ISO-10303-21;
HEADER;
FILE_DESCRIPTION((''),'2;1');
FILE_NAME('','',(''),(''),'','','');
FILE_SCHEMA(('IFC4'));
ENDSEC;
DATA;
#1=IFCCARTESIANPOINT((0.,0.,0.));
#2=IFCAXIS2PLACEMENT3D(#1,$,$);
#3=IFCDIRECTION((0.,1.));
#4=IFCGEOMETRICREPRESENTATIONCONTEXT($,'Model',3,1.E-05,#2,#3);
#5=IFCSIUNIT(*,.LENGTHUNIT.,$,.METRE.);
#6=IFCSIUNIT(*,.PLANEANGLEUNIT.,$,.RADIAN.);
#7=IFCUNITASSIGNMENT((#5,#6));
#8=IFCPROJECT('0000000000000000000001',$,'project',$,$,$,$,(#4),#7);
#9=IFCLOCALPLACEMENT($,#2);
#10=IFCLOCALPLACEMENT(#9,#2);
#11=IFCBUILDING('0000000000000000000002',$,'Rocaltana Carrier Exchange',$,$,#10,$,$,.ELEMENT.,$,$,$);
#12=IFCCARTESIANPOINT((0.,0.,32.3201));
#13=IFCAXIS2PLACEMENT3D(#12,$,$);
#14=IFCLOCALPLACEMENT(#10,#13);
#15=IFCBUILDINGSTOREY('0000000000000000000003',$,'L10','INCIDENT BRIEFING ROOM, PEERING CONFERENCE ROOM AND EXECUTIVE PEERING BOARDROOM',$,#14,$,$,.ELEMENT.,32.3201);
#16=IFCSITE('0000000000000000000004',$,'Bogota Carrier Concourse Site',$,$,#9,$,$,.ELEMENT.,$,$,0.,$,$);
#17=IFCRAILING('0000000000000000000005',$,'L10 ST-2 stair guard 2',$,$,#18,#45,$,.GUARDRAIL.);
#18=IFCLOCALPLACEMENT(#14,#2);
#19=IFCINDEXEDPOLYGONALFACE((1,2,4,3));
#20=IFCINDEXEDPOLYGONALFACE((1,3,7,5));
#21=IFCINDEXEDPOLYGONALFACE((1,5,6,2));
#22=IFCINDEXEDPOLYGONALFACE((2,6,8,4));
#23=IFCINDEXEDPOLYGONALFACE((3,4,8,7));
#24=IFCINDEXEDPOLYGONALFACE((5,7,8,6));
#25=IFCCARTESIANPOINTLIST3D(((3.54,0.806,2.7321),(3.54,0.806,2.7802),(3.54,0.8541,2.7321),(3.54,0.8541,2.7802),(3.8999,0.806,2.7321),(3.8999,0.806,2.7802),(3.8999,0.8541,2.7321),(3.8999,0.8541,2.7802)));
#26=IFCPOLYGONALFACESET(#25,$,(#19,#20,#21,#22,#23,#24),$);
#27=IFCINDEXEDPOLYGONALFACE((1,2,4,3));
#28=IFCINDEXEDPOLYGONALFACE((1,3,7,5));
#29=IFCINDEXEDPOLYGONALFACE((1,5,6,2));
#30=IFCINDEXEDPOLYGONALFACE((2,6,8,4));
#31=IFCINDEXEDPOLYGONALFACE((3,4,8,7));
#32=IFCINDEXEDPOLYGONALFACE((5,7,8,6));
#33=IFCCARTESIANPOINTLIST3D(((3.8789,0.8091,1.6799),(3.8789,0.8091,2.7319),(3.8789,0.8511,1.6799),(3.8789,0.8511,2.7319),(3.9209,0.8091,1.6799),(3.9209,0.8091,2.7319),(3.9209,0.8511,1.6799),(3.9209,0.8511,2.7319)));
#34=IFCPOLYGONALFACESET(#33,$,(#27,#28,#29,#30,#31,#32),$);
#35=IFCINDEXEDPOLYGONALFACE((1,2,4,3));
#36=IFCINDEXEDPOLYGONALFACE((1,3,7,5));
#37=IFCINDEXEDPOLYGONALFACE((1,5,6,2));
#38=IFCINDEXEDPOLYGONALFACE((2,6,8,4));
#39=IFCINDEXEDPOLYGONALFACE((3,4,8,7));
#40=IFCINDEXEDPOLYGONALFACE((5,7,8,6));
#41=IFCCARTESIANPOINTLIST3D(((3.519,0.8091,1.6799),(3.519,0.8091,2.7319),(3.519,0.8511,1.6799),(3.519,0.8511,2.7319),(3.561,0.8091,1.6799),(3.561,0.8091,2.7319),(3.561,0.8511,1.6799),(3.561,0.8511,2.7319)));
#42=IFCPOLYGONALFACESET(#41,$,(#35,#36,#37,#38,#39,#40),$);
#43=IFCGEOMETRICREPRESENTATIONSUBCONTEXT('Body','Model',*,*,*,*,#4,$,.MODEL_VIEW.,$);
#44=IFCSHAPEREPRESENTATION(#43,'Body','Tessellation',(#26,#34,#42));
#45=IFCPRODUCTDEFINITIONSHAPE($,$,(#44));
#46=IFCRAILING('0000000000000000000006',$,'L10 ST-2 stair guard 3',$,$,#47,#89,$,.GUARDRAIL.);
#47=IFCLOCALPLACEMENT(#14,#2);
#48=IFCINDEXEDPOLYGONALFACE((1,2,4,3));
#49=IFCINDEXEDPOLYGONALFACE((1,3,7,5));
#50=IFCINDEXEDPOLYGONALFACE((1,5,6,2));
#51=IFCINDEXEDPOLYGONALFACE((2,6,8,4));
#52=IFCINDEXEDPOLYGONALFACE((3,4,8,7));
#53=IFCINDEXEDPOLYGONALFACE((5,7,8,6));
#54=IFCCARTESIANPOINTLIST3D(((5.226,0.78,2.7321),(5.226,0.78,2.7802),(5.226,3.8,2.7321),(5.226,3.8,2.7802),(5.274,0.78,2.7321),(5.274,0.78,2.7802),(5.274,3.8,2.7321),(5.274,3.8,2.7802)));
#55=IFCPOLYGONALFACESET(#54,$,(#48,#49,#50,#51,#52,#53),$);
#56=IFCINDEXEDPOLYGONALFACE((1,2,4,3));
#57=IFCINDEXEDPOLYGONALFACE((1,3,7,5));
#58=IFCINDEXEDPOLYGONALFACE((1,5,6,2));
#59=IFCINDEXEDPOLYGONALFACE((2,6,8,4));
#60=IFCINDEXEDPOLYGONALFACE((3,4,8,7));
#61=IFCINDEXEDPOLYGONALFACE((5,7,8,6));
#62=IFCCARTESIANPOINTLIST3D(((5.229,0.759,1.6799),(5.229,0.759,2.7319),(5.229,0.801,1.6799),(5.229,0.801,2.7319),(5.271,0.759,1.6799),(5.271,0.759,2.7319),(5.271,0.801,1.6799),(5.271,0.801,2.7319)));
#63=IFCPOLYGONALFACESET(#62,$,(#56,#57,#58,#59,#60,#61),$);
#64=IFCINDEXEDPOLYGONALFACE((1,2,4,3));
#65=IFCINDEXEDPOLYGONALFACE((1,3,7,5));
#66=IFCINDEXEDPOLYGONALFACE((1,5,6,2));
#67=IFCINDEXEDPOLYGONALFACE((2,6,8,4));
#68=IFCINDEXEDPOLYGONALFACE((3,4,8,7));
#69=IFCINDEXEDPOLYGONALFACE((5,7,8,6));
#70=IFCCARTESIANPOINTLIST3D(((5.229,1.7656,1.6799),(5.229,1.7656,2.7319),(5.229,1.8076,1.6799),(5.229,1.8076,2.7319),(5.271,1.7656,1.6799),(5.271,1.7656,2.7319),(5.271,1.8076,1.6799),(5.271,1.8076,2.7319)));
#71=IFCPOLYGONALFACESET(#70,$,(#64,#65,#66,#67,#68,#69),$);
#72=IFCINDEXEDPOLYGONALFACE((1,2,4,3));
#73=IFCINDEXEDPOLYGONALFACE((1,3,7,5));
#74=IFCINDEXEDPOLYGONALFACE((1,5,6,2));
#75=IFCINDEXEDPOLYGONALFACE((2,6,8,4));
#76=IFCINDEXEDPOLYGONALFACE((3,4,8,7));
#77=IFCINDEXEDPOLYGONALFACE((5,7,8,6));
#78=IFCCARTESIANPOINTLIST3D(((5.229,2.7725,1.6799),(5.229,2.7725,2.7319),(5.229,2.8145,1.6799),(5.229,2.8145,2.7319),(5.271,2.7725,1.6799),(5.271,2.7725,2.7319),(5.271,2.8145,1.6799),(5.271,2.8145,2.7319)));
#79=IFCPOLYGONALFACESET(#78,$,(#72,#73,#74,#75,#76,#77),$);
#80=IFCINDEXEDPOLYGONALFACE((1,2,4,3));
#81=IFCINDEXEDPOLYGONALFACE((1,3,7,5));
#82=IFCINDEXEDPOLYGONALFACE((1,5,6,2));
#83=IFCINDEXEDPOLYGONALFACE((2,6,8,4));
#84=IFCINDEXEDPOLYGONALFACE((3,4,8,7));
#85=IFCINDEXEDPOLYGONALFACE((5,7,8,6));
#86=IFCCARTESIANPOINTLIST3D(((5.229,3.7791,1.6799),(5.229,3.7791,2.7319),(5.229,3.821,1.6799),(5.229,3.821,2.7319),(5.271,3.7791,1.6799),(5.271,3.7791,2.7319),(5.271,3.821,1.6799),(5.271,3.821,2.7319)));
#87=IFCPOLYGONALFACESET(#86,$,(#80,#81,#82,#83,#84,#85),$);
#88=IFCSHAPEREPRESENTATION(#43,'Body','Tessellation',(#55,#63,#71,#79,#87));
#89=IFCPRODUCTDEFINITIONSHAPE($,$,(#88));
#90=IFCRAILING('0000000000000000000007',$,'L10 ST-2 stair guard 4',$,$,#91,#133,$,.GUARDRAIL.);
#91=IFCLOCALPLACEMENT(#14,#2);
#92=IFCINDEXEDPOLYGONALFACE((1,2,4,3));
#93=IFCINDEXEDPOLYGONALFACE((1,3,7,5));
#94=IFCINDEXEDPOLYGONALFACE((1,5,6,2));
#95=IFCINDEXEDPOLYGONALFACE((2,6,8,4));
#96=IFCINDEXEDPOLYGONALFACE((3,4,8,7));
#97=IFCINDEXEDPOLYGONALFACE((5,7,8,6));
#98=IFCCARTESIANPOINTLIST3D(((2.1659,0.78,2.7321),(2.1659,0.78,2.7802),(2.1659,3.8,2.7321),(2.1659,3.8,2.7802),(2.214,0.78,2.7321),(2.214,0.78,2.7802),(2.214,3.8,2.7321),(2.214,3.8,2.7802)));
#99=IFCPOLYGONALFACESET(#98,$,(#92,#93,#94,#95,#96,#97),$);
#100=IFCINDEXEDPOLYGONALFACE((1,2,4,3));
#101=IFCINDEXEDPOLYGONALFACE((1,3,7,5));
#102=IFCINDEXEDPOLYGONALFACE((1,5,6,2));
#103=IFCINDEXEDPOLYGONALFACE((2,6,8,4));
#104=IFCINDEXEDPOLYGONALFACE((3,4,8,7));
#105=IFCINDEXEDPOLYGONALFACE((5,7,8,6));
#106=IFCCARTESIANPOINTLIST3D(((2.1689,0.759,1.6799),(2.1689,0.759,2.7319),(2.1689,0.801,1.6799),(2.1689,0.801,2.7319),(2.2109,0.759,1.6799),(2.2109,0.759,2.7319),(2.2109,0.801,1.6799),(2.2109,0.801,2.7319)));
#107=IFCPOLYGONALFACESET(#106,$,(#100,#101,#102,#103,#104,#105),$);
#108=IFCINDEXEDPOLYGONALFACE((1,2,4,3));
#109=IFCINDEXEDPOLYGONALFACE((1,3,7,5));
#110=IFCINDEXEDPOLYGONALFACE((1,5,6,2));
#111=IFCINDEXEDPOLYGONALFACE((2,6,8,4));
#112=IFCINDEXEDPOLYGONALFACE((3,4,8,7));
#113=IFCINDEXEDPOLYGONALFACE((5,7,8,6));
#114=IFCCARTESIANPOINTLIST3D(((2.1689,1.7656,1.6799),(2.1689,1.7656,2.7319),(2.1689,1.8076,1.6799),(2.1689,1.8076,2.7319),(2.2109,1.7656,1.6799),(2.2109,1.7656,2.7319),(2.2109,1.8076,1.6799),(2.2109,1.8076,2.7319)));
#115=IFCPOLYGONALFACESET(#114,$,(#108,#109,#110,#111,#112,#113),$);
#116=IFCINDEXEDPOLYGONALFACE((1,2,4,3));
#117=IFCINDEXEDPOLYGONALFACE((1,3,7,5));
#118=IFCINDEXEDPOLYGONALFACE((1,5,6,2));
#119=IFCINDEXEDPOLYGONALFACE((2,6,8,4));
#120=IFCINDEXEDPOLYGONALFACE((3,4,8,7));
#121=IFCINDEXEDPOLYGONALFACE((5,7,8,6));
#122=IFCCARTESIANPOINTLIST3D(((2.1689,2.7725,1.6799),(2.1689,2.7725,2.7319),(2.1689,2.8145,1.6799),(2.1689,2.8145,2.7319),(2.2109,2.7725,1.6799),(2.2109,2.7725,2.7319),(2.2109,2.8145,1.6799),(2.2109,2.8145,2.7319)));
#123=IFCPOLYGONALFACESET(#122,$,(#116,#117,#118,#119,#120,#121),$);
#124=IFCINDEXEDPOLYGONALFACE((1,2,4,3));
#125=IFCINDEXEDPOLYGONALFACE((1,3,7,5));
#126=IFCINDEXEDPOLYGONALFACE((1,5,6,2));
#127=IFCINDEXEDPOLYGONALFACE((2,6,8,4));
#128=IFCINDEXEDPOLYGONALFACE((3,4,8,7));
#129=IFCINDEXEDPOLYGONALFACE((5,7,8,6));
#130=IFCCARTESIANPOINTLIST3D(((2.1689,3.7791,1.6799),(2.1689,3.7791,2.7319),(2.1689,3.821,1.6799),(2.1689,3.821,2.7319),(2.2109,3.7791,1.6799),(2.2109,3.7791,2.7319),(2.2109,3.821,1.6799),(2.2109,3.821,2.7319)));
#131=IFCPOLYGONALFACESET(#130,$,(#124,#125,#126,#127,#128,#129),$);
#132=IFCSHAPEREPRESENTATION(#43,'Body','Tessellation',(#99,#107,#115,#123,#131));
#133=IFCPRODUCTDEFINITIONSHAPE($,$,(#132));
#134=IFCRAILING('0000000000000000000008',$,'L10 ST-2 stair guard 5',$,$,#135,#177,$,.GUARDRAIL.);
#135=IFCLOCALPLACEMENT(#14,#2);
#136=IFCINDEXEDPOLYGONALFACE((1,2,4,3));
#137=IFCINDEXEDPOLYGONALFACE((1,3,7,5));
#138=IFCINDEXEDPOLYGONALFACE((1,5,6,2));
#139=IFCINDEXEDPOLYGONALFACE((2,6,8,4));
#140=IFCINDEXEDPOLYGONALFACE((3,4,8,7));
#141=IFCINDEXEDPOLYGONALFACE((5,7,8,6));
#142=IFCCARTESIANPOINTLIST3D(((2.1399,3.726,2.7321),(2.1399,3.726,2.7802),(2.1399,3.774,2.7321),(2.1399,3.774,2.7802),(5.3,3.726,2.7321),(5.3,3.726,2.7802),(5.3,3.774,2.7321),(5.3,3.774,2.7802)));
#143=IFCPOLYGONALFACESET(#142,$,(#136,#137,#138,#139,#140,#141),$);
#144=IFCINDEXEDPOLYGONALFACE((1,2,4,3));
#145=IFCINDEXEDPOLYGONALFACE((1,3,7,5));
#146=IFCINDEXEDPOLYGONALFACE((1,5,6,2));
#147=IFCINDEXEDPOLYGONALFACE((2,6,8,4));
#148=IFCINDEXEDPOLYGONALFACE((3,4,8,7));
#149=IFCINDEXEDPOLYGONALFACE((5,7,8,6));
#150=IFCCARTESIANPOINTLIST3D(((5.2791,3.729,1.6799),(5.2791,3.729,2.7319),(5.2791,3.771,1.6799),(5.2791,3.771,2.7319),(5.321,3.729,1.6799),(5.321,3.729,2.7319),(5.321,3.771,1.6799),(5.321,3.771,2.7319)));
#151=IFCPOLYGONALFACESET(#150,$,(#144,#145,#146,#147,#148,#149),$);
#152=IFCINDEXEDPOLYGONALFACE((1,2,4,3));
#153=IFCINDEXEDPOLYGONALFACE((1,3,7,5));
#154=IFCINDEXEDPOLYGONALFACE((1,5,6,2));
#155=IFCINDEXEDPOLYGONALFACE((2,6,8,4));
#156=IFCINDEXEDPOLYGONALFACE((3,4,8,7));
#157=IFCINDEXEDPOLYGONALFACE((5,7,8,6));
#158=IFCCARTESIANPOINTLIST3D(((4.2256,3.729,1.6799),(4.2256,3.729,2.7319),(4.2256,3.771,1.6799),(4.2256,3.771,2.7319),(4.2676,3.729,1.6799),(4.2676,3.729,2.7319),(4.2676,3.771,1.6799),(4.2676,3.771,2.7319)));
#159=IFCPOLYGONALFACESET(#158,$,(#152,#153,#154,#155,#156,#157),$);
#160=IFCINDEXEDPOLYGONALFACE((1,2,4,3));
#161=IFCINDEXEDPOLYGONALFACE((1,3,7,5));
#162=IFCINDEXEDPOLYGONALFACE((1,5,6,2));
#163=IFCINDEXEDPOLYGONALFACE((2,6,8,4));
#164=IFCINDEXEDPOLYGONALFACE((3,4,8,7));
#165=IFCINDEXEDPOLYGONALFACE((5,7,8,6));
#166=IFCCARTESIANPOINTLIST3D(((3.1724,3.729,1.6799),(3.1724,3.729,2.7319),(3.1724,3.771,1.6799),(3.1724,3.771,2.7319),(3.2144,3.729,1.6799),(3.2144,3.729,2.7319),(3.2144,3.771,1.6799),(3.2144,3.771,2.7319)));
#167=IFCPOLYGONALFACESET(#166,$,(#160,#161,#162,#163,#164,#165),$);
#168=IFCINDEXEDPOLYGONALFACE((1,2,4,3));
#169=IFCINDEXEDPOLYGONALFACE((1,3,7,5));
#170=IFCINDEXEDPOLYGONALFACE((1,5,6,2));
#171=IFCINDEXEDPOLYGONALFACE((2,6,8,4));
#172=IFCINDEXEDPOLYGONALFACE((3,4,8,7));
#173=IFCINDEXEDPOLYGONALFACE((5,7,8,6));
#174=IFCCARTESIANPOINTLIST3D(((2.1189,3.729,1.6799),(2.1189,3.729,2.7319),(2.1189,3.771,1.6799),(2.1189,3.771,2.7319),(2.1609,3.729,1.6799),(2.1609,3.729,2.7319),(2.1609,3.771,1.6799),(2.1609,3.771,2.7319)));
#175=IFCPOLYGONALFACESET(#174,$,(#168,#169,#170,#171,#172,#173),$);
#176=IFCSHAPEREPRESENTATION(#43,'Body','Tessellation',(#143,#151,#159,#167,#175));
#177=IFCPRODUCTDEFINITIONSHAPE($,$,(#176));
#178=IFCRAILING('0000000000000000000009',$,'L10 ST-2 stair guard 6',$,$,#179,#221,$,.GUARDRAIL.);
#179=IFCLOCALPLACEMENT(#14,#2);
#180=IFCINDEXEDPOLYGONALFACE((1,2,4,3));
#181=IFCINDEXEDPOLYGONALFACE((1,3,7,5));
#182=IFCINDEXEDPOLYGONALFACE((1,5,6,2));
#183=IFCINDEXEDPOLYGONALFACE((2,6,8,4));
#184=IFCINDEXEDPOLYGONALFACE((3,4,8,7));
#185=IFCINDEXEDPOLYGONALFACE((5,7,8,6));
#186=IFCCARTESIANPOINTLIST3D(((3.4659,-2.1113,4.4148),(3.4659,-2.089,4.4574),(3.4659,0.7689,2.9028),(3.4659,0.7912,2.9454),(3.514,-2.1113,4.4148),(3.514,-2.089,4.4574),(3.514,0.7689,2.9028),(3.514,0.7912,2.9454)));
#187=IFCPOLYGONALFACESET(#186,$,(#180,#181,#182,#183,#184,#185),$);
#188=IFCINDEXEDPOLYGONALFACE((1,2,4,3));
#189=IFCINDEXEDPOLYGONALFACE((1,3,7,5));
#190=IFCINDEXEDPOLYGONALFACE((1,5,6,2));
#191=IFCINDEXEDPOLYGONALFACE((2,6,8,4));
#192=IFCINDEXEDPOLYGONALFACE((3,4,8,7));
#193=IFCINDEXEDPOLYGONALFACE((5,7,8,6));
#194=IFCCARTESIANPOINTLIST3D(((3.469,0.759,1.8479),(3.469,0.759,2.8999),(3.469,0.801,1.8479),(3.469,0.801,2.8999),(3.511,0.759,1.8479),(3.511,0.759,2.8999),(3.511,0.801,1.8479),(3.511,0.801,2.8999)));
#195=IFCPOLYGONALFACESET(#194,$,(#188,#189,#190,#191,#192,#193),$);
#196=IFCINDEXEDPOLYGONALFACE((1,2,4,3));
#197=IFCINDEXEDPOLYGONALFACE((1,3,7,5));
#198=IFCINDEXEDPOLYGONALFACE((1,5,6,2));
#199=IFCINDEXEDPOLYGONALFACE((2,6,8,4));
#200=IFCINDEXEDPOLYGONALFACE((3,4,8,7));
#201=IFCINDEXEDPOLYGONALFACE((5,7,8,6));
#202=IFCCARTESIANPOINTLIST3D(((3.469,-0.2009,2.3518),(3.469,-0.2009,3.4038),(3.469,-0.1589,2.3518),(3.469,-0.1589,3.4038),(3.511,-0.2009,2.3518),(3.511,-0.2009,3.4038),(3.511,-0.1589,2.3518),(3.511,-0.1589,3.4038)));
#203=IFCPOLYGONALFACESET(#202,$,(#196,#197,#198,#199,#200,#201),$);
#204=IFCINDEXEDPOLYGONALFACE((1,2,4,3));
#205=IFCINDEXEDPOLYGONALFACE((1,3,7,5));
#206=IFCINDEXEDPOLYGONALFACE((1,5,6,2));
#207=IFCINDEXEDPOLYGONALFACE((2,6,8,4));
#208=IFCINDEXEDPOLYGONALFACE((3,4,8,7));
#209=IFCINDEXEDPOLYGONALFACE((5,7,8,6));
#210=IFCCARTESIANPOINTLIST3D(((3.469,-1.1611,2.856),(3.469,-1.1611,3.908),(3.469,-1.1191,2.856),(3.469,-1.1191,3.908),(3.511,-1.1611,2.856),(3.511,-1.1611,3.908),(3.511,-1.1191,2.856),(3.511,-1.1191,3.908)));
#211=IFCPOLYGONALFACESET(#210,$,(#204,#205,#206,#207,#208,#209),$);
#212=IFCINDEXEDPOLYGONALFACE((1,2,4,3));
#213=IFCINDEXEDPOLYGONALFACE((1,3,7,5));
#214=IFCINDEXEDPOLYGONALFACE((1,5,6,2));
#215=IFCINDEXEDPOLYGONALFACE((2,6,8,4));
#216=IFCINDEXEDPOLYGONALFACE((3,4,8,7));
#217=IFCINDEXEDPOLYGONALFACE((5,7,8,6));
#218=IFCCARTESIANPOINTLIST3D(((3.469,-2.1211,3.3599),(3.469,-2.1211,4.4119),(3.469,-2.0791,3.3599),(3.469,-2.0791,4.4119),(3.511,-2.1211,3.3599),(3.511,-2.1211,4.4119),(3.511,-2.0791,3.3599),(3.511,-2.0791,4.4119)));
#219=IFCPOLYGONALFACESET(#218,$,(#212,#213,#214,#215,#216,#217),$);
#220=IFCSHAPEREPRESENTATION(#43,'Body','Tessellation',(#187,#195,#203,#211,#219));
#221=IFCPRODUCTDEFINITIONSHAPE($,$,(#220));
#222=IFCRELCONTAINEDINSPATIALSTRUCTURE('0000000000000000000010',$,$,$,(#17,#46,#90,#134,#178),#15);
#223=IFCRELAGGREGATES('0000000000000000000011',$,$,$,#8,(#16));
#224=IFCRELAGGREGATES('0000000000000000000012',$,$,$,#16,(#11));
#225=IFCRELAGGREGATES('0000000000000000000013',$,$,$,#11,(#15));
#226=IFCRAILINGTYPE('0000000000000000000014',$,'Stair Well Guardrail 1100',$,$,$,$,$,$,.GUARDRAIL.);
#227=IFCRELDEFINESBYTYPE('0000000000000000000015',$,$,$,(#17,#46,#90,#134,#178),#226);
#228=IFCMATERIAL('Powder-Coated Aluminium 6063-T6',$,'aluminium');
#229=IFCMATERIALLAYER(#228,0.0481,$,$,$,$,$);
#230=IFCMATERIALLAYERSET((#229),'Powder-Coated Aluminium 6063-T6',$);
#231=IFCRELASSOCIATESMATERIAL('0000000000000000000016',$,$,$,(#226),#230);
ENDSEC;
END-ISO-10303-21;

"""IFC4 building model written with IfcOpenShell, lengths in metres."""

from ifc_helpers import new_model, si_unit, direction, frame, origin, origin_2d, place, context, subcontext, project, spatial, rectangle, extrude, material, layer, layer_set, type_object, element, save


model = new_model("IFC4")

# Units and contexts
model_context = context("Model", 3, precision=1e-05, world=origin(), true_north=direction((0.0, 1.0)))
body_context = subcontext(model_context, "Body", "Model", "MODEL_VIEW")
ifc_project = project(units=[si_unit("LENGTHUNIT", "METRE"), si_unit("PLANEANGLEUNIT", "RADIAN")], contexts=[model_context])

# Site, building, storey
site_placement = place(None, origin())
site = spatial("IfcSite", under=ifc_project, at=site_placement, Name="Bogota Carrier Concourse Site", CompositionType="ELEMENT", RefElevation=0.0)
building_placement = place(site_placement, origin())
building = spatial("IfcBuilding", under=site, at=building_placement, Name="Rocaltana Carrier Exchange", CompositionType="ELEMENT")
storey_placement = place(building_placement, frame((0.0, 0.0, 32.3201)))
storey = spatial("IfcBuildingStorey", under=building, at=storey_placement, Name="L10", Description="INCIDENT BRIEFING ROOM, PEERING CONFERENCE ROOM AND EXECUTIVE PEERING BOARDROOM", CompositionType="ELEMENT", Elevation=32.3201)

# Railings
ifc_material_1 = material(Name="Powder-Coated Aluminium 6063-T6", Category="aluminium")
ifc_layer_1 = layer(ifc_material_1, 0.0481)
ifc_layer_set_1 = layer_set([ifc_layer_1], Name="Powder-Coated Aluminium 6063-T6")
railing_type_1 = type_object("IfcRailingType", Name="Stair Well Guardrail 1100", PredefinedType="GUARDRAIL", material=ifc_layer_set_1)
railing_1_placement = place(storey_placement, frame((3.8999, 0.8301, 1.6799)))
element("IfcRailing", 1, at=railing_1_placement, inside=storey, type_object=railing_type_1, Name="L10 ST-2 stair guard 2", PredefinedType="GUARDRAIL", context=body_context, shape_type="SweptSolid", body=[
    extrude(rectangle(XDim=0.0481, YDim=0.0481, at=origin_2d()), frame((0.0, 0.0, 1.0762), z_axis=(-1.0, 0.0, 0.0), x_axis=(0.0, -1.0, 0.0)), (0.0, 0.0, 1.0), 0.3599),
    extrude(rectangle(XDim=0.042, YDim=0.042, at=origin_2d()), origin(), (0.0, 0.0, 1.0), 1.052),
    extrude(rectangle(XDim=0.042, YDim=0.042, at=origin_2d()), frame((-0.3599, 0.0, 0.0)), (0.0, 0.0, 1.0), 1.052),
])
for number, where, name in (
    (2, (5.25, 0.78, 1.6799), "L10 ST-2 stair guard 3"),
    (3, (2.1899, 0.78, 1.6799), "L10 ST-2 stair guard 4"),
):
    element("IfcRailing", number, at=place(storey_placement, frame(where)), inside=storey, type_object=railing_type_1, Name=name, PredefinedType="GUARDRAIL", context=body_context, shape_type="SweptSolid", body=[
        extrude(rectangle(XDim=0.0481, YDim=0.0481, at=origin_2d()), frame((0.0, 0.0, 1.0762), z_axis=(0.0, 1.0, 0.0), x_axis=(-1.0, 0.0, 0.0)), (0.0, 0.0, 1.0), 3.02),
        extrude(rectangle(XDim=0.042, YDim=0.042, at=origin_2d()), origin(), (0.0, 0.0, 1.0), 1.052),
        extrude(rectangle(XDim=0.042, YDim=0.042, at=origin_2d()), frame((0.0, 1.0066, 0.0)), (0.0, 0.0, 1.0), 1.052),
        extrude(rectangle(XDim=0.042, YDim=0.042, at=origin_2d()), frame((0.0, 2.0134, 0.0)), (0.0, 0.0, 1.0), 1.052),
        extrude(rectangle(XDim=0.042, YDim=0.042, at=origin_2d()), frame((0.0, 3.02, 0.0)), (0.0, 0.0, 1.0), 1.052),
    ])
railing_2_placement = place(storey_placement, frame((5.3, 3.75, 1.6799)))
element("IfcRailing", 4, at=railing_2_placement, inside=storey, type_object=railing_type_1, Name="L10 ST-2 stair guard 5", PredefinedType="GUARDRAIL", context=body_context, shape_type="SweptSolid", body=[
    extrude(rectangle(XDim=0.0481, YDim=0.0481, at=origin_2d()), frame((0.0, 0.0, 1.0762), z_axis=(-1.0, 0.0, 0.0), x_axis=(0.0, -1.0, 0.0)), (0.0, 0.0, 1.0), 3.1602),
    extrude(rectangle(XDim=0.042, YDim=0.042, at=origin_2d()), origin(), (0.0, 0.0, 1.0), 1.052),
    extrude(rectangle(XDim=0.042, YDim=0.042, at=origin_2d()), frame((-1.0535, 0.0, 0.0)), (0.0, 0.0, 1.0), 1.052),
    extrude(rectangle(XDim=0.042, YDim=0.042, at=origin_2d()), frame((-2.1067, 0.0, 0.0)), (0.0, 0.0, 1.0), 1.052),
    extrude(rectangle(XDim=0.042, YDim=0.042, at=origin_2d()), frame((-3.1602, 0.0, 0.0)), (0.0, 0.0, 1.0), 1.052),
])
railing_3_placement = place(storey_placement, frame((3.49, 0.78, 1.8479)))
element("IfcRailing", 5, at=railing_3_placement, inside=storey, type_object=railing_type_1, Name="L10 ST-2 stair guard 6", PredefinedType="GUARDRAIL", context=body_context, shape_type="SweptSolid", body=[
    extrude(rectangle(XDim=0.0481, YDim=0.0481, at=origin_2d()), frame((0.0, 0.0, 1.0762), z_axis=(0.0, -0.885411, 0.464809), x_axis=(1.0, 0.0, 0.0)), (0.0, 0.0, 1.0), 3.2529),
    extrude(rectangle(XDim=0.042, YDim=0.042, at=origin_2d()), origin(), (0.0, 0.0, 1.0), 1.052),
    extrude(rectangle(XDim=0.042, YDim=0.042, at=origin_2d()), frame((0.0, -0.96, 0.5039)), (0.0, 0.0, 1.0), 1.052),
    extrude(rectangle(XDim=0.042, YDim=0.042, at=origin_2d()), frame((0.0, -1.9202, 1.0081)), (0.0, 0.0, 1.0), 1.052),
    extrude(rectangle(XDim=0.042, YDim=0.042, at=origin_2d()), frame((0.0, -2.8801, 1.512)), (0.0, 0.0, 1.0), 1.052),
])

save(model, "model.ifc")
